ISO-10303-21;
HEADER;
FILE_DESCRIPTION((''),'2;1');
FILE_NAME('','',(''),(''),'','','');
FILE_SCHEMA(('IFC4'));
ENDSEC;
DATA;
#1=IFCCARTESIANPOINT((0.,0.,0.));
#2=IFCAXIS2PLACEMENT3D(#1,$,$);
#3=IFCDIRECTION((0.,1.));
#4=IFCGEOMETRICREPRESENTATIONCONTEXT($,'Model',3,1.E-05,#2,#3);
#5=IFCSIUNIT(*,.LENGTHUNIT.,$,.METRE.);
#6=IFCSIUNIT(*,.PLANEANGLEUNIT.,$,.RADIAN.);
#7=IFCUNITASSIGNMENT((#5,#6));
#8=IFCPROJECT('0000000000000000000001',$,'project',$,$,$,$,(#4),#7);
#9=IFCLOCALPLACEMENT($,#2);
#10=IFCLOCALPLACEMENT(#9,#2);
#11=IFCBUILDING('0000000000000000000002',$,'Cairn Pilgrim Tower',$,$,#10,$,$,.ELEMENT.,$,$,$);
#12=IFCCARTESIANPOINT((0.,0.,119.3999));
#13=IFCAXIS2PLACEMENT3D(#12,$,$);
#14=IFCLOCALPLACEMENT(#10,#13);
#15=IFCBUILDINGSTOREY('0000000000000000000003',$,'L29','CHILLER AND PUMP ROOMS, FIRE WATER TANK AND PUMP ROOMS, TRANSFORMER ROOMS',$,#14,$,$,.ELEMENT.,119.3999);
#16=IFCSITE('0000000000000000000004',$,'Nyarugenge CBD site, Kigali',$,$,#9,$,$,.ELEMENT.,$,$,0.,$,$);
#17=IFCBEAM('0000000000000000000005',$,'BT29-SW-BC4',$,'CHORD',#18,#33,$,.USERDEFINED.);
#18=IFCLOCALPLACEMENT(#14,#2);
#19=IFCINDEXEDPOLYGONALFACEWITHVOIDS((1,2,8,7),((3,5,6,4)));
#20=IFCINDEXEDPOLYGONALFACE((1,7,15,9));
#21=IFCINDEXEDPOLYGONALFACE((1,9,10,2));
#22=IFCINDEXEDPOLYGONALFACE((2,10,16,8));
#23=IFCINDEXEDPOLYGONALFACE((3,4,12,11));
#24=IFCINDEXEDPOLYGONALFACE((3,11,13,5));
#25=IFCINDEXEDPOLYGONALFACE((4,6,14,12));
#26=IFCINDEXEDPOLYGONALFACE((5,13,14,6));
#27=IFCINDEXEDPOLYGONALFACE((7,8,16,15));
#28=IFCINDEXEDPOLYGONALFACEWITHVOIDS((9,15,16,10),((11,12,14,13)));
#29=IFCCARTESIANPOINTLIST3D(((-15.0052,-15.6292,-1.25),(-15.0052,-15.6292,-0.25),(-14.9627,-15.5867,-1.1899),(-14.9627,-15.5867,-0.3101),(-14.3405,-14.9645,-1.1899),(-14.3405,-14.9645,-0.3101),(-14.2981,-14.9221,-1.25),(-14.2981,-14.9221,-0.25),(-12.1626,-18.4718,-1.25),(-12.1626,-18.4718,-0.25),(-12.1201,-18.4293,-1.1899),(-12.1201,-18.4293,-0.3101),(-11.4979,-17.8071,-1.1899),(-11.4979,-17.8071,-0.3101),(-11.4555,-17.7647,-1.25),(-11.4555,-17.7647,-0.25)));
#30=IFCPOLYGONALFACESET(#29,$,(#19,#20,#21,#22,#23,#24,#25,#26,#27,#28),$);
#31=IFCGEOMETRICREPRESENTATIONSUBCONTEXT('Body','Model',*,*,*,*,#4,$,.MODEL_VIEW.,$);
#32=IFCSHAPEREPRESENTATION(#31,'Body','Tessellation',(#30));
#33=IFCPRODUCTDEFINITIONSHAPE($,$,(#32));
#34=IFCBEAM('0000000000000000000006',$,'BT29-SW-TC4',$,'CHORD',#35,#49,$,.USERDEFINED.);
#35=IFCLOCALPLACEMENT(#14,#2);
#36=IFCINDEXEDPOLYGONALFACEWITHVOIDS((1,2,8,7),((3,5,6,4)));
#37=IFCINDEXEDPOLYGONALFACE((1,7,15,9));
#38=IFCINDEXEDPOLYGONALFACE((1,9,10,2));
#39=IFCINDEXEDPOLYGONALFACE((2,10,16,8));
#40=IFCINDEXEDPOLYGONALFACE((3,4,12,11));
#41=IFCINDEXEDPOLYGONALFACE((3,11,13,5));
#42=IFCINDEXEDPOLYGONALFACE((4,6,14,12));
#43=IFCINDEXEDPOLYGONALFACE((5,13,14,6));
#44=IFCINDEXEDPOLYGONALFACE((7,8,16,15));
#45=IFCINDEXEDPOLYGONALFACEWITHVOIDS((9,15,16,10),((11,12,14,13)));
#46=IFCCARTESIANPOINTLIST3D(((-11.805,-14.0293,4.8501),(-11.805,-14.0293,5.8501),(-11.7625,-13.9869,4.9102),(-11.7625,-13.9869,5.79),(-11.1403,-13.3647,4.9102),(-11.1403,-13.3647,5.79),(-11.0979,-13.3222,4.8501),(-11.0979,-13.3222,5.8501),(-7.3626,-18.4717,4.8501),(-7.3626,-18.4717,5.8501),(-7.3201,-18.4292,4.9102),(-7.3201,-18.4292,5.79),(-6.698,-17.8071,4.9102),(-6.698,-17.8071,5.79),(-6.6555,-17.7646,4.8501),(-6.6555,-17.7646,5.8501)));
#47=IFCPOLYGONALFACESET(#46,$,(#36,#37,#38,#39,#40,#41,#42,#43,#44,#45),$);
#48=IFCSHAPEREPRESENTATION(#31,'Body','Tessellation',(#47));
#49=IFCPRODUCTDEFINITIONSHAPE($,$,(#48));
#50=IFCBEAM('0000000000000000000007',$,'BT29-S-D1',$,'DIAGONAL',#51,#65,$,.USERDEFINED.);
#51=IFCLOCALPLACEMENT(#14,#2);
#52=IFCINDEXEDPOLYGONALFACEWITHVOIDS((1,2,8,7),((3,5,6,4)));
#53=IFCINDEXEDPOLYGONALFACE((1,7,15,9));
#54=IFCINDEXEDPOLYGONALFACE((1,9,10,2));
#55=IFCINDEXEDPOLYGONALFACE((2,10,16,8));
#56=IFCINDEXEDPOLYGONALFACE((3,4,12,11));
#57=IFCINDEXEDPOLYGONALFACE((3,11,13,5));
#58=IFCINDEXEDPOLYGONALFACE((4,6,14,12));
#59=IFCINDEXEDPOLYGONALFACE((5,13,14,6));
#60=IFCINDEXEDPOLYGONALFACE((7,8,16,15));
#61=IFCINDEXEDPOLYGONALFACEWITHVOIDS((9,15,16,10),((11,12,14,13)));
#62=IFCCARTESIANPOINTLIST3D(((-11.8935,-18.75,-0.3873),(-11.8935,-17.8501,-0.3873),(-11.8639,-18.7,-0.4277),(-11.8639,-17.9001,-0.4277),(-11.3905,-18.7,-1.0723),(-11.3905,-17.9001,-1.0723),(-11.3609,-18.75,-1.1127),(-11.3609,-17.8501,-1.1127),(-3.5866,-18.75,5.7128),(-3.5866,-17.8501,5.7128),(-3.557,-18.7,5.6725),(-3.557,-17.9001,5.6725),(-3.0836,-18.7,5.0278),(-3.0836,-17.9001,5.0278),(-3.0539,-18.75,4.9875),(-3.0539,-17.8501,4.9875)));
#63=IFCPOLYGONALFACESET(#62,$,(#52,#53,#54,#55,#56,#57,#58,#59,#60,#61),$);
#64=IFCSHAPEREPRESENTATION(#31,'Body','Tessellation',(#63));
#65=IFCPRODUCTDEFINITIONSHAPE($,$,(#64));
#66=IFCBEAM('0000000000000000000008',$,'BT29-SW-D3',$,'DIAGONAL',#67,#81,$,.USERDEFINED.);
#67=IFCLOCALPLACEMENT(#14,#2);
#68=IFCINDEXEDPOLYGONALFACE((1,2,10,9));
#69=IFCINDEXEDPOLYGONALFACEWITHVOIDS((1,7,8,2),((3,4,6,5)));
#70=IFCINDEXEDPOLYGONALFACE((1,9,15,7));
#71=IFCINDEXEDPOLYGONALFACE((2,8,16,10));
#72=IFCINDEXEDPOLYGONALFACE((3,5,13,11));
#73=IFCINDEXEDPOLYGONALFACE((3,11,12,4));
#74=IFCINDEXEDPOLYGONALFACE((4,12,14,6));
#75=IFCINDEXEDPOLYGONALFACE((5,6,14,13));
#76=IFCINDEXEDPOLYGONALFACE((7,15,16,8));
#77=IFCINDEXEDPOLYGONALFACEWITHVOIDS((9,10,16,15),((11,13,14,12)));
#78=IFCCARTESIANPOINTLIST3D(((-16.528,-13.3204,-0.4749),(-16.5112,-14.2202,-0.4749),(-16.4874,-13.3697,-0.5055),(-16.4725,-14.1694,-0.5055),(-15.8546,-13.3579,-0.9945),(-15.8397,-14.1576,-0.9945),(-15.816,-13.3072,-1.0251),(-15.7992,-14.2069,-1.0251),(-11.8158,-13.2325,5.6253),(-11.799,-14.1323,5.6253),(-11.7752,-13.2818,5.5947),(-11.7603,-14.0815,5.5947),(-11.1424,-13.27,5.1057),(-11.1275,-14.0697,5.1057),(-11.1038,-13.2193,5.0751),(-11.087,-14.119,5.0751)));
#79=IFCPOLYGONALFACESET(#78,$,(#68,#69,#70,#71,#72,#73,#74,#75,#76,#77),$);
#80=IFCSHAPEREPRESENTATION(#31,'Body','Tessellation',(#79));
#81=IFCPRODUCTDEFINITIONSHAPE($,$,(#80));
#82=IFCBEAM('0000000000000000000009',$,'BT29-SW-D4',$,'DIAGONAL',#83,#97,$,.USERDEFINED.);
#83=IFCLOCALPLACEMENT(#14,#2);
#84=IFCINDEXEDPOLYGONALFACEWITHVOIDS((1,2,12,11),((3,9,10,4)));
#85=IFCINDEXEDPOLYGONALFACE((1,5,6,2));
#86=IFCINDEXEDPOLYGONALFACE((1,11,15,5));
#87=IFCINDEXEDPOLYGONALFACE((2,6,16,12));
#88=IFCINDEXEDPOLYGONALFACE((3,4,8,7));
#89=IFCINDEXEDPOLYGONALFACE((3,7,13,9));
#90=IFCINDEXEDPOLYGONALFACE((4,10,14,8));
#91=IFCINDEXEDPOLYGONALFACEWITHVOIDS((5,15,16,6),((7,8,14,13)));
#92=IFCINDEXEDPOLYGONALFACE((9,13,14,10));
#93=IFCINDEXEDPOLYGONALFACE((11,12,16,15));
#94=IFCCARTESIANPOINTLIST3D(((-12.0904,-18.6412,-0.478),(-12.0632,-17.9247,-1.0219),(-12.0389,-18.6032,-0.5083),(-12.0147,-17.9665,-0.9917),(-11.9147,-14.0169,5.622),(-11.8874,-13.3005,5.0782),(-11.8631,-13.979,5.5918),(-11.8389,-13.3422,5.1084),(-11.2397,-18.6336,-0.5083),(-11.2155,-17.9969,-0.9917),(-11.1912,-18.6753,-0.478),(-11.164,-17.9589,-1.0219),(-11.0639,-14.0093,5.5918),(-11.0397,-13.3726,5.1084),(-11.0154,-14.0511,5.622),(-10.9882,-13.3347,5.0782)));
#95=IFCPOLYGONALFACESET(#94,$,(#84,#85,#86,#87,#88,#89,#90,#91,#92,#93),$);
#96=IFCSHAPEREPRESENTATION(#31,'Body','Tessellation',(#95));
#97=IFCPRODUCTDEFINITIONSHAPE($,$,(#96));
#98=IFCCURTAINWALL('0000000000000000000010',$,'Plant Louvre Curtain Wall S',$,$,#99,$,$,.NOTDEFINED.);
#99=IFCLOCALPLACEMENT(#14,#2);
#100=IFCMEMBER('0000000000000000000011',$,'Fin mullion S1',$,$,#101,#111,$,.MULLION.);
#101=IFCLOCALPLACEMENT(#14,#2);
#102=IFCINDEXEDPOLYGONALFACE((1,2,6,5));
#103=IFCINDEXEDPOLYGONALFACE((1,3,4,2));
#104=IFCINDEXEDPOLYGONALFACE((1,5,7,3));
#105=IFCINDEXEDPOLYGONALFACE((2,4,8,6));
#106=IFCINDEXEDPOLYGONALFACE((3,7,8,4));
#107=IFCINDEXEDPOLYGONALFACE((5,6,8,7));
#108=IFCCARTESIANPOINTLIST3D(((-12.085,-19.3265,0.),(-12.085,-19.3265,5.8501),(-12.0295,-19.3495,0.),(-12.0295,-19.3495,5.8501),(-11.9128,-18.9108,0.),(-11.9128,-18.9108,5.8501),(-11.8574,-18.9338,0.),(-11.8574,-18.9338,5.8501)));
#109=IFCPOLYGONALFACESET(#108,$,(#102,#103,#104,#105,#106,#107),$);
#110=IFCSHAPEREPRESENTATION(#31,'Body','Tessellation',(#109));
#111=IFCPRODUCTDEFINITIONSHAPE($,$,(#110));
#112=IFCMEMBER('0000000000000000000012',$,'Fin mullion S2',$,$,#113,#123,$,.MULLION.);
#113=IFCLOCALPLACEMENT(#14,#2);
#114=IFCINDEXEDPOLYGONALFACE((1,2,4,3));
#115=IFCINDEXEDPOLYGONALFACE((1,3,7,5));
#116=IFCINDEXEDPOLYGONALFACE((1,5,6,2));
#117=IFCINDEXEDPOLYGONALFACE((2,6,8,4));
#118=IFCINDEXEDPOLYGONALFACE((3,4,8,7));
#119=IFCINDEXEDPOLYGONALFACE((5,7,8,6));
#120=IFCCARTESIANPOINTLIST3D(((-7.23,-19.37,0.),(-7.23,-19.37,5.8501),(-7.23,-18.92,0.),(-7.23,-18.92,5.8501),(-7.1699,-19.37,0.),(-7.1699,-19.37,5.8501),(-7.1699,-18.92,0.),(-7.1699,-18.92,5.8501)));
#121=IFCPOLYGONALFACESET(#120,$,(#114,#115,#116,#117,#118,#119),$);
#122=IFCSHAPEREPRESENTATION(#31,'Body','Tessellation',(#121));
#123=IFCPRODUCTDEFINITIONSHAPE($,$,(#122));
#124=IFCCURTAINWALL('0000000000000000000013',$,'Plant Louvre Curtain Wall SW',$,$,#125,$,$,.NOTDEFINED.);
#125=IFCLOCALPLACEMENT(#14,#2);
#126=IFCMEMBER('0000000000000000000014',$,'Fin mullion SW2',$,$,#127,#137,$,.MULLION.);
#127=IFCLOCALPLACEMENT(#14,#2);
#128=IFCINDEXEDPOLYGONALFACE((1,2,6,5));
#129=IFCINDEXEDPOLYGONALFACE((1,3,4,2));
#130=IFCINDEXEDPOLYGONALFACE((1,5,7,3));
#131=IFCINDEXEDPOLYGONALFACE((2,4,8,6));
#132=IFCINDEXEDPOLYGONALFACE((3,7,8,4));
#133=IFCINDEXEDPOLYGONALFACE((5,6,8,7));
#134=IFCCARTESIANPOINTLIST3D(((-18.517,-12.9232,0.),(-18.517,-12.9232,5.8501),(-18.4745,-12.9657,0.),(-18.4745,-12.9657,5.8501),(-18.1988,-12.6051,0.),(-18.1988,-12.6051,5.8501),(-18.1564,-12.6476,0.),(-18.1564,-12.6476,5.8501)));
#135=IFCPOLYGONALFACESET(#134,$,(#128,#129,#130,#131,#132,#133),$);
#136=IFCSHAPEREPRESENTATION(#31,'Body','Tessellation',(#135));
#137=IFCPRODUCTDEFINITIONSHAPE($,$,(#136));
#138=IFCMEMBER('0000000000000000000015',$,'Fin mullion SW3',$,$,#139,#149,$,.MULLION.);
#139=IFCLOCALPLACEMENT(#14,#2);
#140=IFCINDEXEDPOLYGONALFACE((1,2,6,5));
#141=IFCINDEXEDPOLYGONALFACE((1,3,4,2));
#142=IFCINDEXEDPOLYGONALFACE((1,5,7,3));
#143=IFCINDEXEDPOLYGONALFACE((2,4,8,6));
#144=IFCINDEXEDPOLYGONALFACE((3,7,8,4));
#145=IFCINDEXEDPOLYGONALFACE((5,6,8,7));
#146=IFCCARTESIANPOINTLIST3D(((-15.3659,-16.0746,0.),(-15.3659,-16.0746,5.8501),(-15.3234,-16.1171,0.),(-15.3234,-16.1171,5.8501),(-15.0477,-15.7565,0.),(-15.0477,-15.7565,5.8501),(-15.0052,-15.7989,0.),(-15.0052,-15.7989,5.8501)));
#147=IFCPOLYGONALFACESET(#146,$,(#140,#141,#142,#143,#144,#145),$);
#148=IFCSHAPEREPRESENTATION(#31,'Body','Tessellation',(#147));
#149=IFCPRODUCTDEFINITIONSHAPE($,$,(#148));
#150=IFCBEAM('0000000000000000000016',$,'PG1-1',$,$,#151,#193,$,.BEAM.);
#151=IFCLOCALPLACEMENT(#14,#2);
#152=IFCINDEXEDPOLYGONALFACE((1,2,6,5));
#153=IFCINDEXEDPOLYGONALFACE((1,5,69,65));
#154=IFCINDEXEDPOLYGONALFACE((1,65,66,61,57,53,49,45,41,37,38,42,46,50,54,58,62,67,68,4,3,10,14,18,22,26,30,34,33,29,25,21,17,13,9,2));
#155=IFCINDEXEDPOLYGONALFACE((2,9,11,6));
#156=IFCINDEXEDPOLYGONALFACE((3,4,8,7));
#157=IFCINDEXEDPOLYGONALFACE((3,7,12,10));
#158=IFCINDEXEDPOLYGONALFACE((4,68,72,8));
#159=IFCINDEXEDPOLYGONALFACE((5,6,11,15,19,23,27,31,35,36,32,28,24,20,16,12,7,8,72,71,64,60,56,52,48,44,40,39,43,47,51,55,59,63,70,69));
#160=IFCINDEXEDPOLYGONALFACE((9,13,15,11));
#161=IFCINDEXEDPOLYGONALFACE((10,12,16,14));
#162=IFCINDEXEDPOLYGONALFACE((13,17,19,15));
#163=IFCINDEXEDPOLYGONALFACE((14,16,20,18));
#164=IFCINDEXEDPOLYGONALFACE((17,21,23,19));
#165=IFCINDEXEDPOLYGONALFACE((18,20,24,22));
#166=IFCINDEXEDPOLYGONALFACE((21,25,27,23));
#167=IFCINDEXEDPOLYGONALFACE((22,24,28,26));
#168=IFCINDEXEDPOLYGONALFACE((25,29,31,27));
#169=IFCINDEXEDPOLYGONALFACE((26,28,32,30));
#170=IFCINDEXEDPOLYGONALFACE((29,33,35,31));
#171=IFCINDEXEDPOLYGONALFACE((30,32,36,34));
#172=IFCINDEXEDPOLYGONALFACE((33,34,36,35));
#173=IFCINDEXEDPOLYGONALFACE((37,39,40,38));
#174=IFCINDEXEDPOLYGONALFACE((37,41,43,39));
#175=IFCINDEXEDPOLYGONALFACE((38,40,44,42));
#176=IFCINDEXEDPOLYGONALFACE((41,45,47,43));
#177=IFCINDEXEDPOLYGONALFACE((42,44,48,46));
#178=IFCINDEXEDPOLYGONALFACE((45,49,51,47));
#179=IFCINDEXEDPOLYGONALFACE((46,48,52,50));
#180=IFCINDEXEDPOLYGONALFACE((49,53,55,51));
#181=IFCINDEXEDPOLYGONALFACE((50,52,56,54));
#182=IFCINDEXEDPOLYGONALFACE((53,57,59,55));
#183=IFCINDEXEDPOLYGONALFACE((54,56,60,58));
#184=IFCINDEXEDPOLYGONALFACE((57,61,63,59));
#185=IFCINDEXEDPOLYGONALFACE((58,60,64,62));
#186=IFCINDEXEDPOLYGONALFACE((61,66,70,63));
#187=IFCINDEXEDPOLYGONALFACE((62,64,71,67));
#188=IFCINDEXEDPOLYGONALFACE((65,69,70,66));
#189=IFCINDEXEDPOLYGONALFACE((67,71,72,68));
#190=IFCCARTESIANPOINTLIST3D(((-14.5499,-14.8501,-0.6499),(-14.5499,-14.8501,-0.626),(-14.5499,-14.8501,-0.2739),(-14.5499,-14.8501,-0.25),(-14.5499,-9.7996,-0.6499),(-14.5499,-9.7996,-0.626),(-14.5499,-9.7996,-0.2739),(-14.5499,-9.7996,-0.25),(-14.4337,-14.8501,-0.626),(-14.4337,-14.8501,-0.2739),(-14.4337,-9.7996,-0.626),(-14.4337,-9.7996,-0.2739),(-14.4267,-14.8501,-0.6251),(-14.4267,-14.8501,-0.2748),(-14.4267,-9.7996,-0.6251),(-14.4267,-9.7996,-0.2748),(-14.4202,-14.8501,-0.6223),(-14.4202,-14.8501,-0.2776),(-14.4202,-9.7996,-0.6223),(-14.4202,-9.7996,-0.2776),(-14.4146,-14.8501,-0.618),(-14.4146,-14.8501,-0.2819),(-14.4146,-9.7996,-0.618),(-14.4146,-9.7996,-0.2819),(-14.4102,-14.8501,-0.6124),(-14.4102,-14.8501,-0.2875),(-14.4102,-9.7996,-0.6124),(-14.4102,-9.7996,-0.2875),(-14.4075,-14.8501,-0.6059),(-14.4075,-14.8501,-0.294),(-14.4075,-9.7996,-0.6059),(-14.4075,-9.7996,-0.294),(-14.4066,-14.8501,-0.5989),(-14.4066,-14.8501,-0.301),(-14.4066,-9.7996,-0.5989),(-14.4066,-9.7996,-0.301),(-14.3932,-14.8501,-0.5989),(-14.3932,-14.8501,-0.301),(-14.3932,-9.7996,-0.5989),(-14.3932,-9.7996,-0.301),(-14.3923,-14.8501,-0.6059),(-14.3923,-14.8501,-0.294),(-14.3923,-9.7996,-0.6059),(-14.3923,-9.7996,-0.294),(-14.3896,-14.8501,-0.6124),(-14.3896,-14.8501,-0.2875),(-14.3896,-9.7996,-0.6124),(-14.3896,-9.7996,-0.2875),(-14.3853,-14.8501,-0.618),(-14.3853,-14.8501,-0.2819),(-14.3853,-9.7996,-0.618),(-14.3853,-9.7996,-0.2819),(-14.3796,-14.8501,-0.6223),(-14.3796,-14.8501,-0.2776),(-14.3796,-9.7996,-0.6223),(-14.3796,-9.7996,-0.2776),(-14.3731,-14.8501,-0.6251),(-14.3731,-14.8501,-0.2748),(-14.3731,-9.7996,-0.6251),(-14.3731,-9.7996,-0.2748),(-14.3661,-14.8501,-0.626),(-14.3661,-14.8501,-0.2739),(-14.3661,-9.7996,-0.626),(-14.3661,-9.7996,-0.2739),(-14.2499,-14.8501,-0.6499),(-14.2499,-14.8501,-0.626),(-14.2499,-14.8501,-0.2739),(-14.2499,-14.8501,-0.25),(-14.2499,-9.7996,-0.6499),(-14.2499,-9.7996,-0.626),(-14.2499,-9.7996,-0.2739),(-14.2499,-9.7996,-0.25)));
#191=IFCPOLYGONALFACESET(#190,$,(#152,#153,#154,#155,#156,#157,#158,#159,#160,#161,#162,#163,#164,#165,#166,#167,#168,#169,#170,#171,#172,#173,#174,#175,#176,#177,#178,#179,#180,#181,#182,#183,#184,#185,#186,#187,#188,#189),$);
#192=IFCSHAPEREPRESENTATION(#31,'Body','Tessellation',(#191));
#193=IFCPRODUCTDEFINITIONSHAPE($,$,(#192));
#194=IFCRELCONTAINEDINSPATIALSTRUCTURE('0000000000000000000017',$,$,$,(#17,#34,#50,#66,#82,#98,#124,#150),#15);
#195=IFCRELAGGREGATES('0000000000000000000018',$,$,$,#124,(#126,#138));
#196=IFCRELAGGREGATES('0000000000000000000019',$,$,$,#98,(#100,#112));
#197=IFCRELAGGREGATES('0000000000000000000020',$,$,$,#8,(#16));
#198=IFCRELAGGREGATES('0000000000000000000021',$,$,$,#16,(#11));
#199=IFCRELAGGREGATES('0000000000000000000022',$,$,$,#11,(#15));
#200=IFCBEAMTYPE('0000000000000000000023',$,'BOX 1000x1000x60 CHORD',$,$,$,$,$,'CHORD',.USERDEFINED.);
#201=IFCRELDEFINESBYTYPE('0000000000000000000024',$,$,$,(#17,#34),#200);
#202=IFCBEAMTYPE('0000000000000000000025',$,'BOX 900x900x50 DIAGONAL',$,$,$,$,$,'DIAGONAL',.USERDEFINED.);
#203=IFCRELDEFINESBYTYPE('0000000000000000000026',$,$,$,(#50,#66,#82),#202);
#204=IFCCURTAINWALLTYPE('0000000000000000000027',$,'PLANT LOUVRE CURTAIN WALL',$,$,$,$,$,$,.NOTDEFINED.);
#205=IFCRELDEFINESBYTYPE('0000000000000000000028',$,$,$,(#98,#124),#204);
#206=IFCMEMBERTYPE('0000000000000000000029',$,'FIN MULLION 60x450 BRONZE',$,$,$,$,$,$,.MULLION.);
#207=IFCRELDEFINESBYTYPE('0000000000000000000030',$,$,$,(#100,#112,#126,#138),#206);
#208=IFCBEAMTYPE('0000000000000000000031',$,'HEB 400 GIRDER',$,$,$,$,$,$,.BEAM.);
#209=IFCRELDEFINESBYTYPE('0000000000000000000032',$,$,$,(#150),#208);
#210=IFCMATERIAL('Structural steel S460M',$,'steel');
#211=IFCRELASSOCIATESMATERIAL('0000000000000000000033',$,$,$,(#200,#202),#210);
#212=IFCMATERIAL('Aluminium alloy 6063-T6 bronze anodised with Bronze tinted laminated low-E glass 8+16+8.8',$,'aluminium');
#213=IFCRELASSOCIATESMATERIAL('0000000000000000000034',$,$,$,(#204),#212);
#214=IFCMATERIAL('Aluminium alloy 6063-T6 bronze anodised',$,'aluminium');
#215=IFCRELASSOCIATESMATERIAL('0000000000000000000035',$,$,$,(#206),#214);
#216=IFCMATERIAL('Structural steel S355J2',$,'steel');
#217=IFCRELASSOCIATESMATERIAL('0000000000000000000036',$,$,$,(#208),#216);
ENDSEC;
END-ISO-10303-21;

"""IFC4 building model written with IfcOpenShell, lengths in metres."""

from ifc_helpers import new_model, si_unit, direction, frame, origin, origin_2d, place, context, subcontext, project, spatial, rectangle, hollow_rectangle, i_section, extrude, material, material_profile, profile_set, type_object, element, aggregate, save


model = new_model("IFC4")

# Units and contexts
model_context = context("Model", 3, precision=1e-05, world=origin(), true_north=direction((0.0, 1.0)))
body_context = subcontext(model_context, "Body", "Model", "MODEL_VIEW")
ifc_project = project(units=[si_unit("LENGTHUNIT", "METRE"), si_unit("PLANEANGLEUNIT", "RADIAN")], contexts=[model_context])

# Site, building, storey
site_placement = place(None, origin())
site = spatial("IfcSite", under=ifc_project, at=site_placement, Name="Nyarugenge CBD site, Kigali", CompositionType="ELEMENT", RefElevation=0.0)
building_placement = place(site_placement, origin())
building = spatial("IfcBuilding", under=site, at=building_placement, Name="Cairn Pilgrim Tower", CompositionType="ELEMENT")
storey_placement = place(building_placement, frame((0.0, 0.0, 119.3999)))
storey = spatial("IfcBuildingStorey", under=building, at=storey_placement, Name="L29", Description="CHILLER AND PUMP ROOMS, FIRE WATER TANK AND PUMP ROOMS, TRANSFORMER ROOMS", CompositionType="ELEMENT", Elevation=119.3999)

# Shared definitions
ifc_material_1 = material(Name="Structural steel S460M", Category="steel")

# Beams
ifc_material_profile_1 = material_profile(ifc_material_1, hollow_rectangle(XDim=1.0, YDim=1.0, WallThickness=0.0601, at=origin_2d()), Name="BOX 1000x1000x60")
ifc_profile_set_1 = profile_set([ifc_material_profile_1], Name="Structural steel S460M")
beam_type_1 = type_object("IfcBeamType", Name="BOX 1000x1000x60 CHORD", ElementType="CHORD", PredefinedType="USERDEFINED", material=ifc_profile_set_1)
beam_1_placement = place(storey_placement, frame((-14.6516, -15.2756, -0.75), z_axis=(0.707107, -0.707107, 0.0), x_axis=(0.707107, 0.707107, 0.0)))
element("IfcBeam", 1, at=beam_1_placement, inside=storey, type_object=beam_type_1, Name="BT29-SW-BC4", ObjectType="CHORD", PredefinedType="USERDEFINED", context=body_context, shape_type="SweptSolid", body=[
    extrude(hollow_rectangle(XDim=1.0, YDim=1.0, WallThickness=0.0601, at=origin_2d()), origin(), (0.0, 0.0, 1.0), 4.02),
])
beam_2_placement = place(storey_placement, frame((-11.4514, -13.6758, 5.3501), z_axis=(0.707107, -0.707107, 0.0), x_axis=(0.707107, 0.707107, 0.0)))
element("IfcBeam", 2, at=beam_2_placement, inside=storey, type_object=beam_type_1, Name="BT29-SW-TC4", ObjectType="CHORD", PredefinedType="USERDEFINED", context=body_context, shape_type="SweptSolid", body=[
    extrude(hollow_rectangle(XDim=1.0, YDim=1.0, WallThickness=0.0601, at=origin_2d()), origin(), (0.0, 0.0, 1.0), 6.2825),
])
ifc_material_profile_2 = material_profile(ifc_material_1, hollow_rectangle(XDim=0.8999, YDim=0.8999, WallThickness=0.05, at=origin_2d()), Name="BOX 900x900x50")
ifc_profile_set_2 = profile_set([ifc_material_profile_2], Name="Structural steel S460M")
beam_type_2 = type_object("IfcBeamType", Name="BOX 900x900x50 DIAGONAL", ElementType="DIAGONAL", PredefinedType="USERDEFINED", material=ifc_profile_set_2)
beam_3_placement = place(storey_placement, frame((-11.6272, -18.3, -0.75), z_axis=(0.806017, 0.0, 0.591892), x_axis=(0.0, 1.0, 0.0)))
element("IfcBeam", 3, at=beam_3_placement, inside=storey, type_object=beam_type_2, Name="BT29-S-D1", ObjectType="DIAGONAL", PredefinedType="USERDEFINED", context=body_context, shape_type="SweptSolid", body=[
    extrude(hollow_rectangle(XDim=0.8999, YDim=0.8999, WallThickness=0.05, at=origin_2d()), origin(), (0.0, 0.0, 1.0), 10.3062),
])
beam_4_placement = place(storey_placement, frame((-16.1636, -13.7637, -0.75), z_axis=(0.611282, 0.011402, 0.791331), x_axis=(-0.018649, 0.999826, 0.0)))
element("IfcBeam", 4, at=beam_4_placement, inside=storey, type_object=beam_type_2, Name="BT29-SW-D3", ObjectType="DIAGONAL", PredefinedType="USERDEFINED", context=body_context, shape_type="SweptSolid", body=[
    extrude(hollow_rectangle(XDim=0.8999, YDim=0.8999, WallThickness=0.05, at=origin_2d()), origin(), (0.0, 0.0, 1.0), 7.7087),
])
beam_5_placement = place(storey_placement, frame((-11.4514, -13.6758, 5.3501), z_axis=(-0.022958, -0.603946, -0.796695), x_axis=(0.999278, -0.037985, 0.0)))
element("IfcBeam", 5, at=beam_5_placement, inside=storey, type_object=beam_type_2, Name="BT29-SW-D4", ObjectType="DIAGONAL", PredefinedType="USERDEFINED", context=body_context, shape_type="SweptSolid", body=[
    extrude(hollow_rectangle(XDim=0.8999, YDim=0.8999, WallThickness=0.05, at=origin_2d()), origin(), (0.0, 0.0, 1.0), 7.6567),
])

# Curtain walls, members
ifc_material_2 = material(Name="Aluminium alloy 6063-T6 bronze anodised with Bronze tinted laminated low-E glass 8+16+8.8", Category="aluminium")
curtain_wall_type = type_object("IfcCurtainWallType", Name="PLANT LOUVRE CURTAIN WALL", PredefinedType="NOTDEFINED", material=ifc_material_2)
curtain_wall_1_placement = place(storey_placement, origin())
curtain_wall_1 = element("IfcCurtainWall", 6, at=curtain_wall_1_placement, inside=storey, type_object=curtain_wall_type, Name="Plant Louvre Curtain Wall S", PredefinedType="NOTDEFINED")
ifc_material_3 = material(Name="Aluminium alloy 6063-T6 bronze anodised", Category="aluminium")
ifc_material_profile_3 = material_profile(ifc_material_3, rectangle(XDim=0.45, YDim=0.0601, at=origin_2d()), Name="FIN MULLION 60x450 BRONZE")
ifc_profile_set_3 = profile_set([ifc_material_profile_3], Name="Aluminium alloy 6063-T6 bronze anodised")
member_type_1 = type_object("IfcMemberType", Name="FIN MULLION 60x450 BRONZE", PredefinedType="MULLION", material=ifc_profile_set_3)
member_1_placement = place(storey_placement, frame((-11.9712, -19.1301, 0.0), z_axis=(0.0, 0.0, 1.0), x_axis=(-0.382683, -0.92388, 0.0)))
member_1 = element("IfcMember", 7, at=member_1_placement, type_object=member_type_1, Name="Fin mullion S1", PredefinedType="MULLION", context=body_context, shape_type="SweptSolid", body=[
    extrude(rectangle(XDim=0.45, YDim=0.0601, at=origin_2d()), origin(), (0.0, 0.0, 1.0), 5.8501),
])
member_2_placement = place(storey_placement, frame((-7.2, -19.145, 0.0), z_axis=(0.0, 0.0, 1.0), x_axis=(0.0, -1.0, 0.0)))
member_2 = element("IfcMember", 8, at=member_2_placement, type_object=member_type_1, Name="Fin mullion S2", PredefinedType="MULLION", context=body_context, shape_type="SweptSolid", body=[
    extrude(rectangle(XDim=0.45, YDim=0.0601, at=origin_2d()), origin(), (0.0, 0.0, 1.0), 5.8501),
])
curtain_wall_2_placement = place(storey_placement, origin())
curtain_wall_2 = element("IfcCurtainWall", 9, at=curtain_wall_2_placement, inside=storey, type_object=curtain_wall_type, Name="Plant Louvre Curtain Wall SW", PredefinedType="NOTDEFINED")
member_3_placement = place(storey_placement, frame((-18.3367, -12.7854, 0.0), z_axis=(0.0, 0.0, 1.0), x_axis=(-0.707107, -0.707107, 0.0)))
member_3 = element("IfcMember", 10, at=member_3_placement, type_object=member_type_1, Name="Fin mullion SW2", PredefinedType="MULLION", context=body_context, shape_type="SweptSolid", body=[
    extrude(rectangle(XDim=0.45, YDim=0.0601, at=origin_2d()), origin(), (0.0, 0.0, 1.0), 5.8501),
])
member_4_placement = place(storey_placement, frame((-15.1855, -15.9368, 0.0), z_axis=(0.0, 0.0, 1.0), x_axis=(-0.707107, -0.707107, 0.0)))
member_4 = element("IfcMember", 11, at=member_4_placement, type_object=member_type_1, Name="Fin mullion SW3", PredefinedType="MULLION", context=body_context, shape_type="SweptSolid", body=[
    extrude(rectangle(XDim=0.45, YDim=0.0601, at=origin_2d()), origin(), (0.0, 0.0, 1.0), 5.8501),
])

# Beam
ifc_material_4 = material(Name="Structural steel S355J2", Category="steel")
ifc_material_profile_4 = material_profile(ifc_material_4, i_section(OverallWidth=0.3, OverallDepth=0.3999, WebThickness=0.0134, FlangeThickness=0.0239, FilletRadius=0.0271, at=origin_2d()), Name="HEB 400")
ifc_profile_set_4 = profile_set([ifc_material_profile_4], Name="Structural steel S355J2")
beam_type_3 = type_object("IfcBeamType", Name="HEB 400 GIRDER", PredefinedType="BEAM", material=ifc_profile_set_4)
beam_6_placement = place(storey_placement, frame((-14.3999, -14.8501, -0.45), z_axis=(0.0, 1.0, 0.0), x_axis=(-1.0, 0.0, 0.0)))
element("IfcBeam", 12, at=beam_6_placement, inside=storey, type_object=beam_type_3, Name="PG1-1", PredefinedType="BEAM", context=body_context, shape_type="SweptSolid", body=[
    extrude(i_section(OverallWidth=0.3, OverallDepth=0.3999, WebThickness=0.0134, FlangeThickness=0.0239, FilletRadius=0.0271, at=origin_2d()), origin(), (0.0, 0.0, 1.0), 5.0505),
])

aggregate(curtain_wall_2, [member_3, member_4])
aggregate(curtain_wall_1, [member_1, member_2])

save(model, "model.ifc")
